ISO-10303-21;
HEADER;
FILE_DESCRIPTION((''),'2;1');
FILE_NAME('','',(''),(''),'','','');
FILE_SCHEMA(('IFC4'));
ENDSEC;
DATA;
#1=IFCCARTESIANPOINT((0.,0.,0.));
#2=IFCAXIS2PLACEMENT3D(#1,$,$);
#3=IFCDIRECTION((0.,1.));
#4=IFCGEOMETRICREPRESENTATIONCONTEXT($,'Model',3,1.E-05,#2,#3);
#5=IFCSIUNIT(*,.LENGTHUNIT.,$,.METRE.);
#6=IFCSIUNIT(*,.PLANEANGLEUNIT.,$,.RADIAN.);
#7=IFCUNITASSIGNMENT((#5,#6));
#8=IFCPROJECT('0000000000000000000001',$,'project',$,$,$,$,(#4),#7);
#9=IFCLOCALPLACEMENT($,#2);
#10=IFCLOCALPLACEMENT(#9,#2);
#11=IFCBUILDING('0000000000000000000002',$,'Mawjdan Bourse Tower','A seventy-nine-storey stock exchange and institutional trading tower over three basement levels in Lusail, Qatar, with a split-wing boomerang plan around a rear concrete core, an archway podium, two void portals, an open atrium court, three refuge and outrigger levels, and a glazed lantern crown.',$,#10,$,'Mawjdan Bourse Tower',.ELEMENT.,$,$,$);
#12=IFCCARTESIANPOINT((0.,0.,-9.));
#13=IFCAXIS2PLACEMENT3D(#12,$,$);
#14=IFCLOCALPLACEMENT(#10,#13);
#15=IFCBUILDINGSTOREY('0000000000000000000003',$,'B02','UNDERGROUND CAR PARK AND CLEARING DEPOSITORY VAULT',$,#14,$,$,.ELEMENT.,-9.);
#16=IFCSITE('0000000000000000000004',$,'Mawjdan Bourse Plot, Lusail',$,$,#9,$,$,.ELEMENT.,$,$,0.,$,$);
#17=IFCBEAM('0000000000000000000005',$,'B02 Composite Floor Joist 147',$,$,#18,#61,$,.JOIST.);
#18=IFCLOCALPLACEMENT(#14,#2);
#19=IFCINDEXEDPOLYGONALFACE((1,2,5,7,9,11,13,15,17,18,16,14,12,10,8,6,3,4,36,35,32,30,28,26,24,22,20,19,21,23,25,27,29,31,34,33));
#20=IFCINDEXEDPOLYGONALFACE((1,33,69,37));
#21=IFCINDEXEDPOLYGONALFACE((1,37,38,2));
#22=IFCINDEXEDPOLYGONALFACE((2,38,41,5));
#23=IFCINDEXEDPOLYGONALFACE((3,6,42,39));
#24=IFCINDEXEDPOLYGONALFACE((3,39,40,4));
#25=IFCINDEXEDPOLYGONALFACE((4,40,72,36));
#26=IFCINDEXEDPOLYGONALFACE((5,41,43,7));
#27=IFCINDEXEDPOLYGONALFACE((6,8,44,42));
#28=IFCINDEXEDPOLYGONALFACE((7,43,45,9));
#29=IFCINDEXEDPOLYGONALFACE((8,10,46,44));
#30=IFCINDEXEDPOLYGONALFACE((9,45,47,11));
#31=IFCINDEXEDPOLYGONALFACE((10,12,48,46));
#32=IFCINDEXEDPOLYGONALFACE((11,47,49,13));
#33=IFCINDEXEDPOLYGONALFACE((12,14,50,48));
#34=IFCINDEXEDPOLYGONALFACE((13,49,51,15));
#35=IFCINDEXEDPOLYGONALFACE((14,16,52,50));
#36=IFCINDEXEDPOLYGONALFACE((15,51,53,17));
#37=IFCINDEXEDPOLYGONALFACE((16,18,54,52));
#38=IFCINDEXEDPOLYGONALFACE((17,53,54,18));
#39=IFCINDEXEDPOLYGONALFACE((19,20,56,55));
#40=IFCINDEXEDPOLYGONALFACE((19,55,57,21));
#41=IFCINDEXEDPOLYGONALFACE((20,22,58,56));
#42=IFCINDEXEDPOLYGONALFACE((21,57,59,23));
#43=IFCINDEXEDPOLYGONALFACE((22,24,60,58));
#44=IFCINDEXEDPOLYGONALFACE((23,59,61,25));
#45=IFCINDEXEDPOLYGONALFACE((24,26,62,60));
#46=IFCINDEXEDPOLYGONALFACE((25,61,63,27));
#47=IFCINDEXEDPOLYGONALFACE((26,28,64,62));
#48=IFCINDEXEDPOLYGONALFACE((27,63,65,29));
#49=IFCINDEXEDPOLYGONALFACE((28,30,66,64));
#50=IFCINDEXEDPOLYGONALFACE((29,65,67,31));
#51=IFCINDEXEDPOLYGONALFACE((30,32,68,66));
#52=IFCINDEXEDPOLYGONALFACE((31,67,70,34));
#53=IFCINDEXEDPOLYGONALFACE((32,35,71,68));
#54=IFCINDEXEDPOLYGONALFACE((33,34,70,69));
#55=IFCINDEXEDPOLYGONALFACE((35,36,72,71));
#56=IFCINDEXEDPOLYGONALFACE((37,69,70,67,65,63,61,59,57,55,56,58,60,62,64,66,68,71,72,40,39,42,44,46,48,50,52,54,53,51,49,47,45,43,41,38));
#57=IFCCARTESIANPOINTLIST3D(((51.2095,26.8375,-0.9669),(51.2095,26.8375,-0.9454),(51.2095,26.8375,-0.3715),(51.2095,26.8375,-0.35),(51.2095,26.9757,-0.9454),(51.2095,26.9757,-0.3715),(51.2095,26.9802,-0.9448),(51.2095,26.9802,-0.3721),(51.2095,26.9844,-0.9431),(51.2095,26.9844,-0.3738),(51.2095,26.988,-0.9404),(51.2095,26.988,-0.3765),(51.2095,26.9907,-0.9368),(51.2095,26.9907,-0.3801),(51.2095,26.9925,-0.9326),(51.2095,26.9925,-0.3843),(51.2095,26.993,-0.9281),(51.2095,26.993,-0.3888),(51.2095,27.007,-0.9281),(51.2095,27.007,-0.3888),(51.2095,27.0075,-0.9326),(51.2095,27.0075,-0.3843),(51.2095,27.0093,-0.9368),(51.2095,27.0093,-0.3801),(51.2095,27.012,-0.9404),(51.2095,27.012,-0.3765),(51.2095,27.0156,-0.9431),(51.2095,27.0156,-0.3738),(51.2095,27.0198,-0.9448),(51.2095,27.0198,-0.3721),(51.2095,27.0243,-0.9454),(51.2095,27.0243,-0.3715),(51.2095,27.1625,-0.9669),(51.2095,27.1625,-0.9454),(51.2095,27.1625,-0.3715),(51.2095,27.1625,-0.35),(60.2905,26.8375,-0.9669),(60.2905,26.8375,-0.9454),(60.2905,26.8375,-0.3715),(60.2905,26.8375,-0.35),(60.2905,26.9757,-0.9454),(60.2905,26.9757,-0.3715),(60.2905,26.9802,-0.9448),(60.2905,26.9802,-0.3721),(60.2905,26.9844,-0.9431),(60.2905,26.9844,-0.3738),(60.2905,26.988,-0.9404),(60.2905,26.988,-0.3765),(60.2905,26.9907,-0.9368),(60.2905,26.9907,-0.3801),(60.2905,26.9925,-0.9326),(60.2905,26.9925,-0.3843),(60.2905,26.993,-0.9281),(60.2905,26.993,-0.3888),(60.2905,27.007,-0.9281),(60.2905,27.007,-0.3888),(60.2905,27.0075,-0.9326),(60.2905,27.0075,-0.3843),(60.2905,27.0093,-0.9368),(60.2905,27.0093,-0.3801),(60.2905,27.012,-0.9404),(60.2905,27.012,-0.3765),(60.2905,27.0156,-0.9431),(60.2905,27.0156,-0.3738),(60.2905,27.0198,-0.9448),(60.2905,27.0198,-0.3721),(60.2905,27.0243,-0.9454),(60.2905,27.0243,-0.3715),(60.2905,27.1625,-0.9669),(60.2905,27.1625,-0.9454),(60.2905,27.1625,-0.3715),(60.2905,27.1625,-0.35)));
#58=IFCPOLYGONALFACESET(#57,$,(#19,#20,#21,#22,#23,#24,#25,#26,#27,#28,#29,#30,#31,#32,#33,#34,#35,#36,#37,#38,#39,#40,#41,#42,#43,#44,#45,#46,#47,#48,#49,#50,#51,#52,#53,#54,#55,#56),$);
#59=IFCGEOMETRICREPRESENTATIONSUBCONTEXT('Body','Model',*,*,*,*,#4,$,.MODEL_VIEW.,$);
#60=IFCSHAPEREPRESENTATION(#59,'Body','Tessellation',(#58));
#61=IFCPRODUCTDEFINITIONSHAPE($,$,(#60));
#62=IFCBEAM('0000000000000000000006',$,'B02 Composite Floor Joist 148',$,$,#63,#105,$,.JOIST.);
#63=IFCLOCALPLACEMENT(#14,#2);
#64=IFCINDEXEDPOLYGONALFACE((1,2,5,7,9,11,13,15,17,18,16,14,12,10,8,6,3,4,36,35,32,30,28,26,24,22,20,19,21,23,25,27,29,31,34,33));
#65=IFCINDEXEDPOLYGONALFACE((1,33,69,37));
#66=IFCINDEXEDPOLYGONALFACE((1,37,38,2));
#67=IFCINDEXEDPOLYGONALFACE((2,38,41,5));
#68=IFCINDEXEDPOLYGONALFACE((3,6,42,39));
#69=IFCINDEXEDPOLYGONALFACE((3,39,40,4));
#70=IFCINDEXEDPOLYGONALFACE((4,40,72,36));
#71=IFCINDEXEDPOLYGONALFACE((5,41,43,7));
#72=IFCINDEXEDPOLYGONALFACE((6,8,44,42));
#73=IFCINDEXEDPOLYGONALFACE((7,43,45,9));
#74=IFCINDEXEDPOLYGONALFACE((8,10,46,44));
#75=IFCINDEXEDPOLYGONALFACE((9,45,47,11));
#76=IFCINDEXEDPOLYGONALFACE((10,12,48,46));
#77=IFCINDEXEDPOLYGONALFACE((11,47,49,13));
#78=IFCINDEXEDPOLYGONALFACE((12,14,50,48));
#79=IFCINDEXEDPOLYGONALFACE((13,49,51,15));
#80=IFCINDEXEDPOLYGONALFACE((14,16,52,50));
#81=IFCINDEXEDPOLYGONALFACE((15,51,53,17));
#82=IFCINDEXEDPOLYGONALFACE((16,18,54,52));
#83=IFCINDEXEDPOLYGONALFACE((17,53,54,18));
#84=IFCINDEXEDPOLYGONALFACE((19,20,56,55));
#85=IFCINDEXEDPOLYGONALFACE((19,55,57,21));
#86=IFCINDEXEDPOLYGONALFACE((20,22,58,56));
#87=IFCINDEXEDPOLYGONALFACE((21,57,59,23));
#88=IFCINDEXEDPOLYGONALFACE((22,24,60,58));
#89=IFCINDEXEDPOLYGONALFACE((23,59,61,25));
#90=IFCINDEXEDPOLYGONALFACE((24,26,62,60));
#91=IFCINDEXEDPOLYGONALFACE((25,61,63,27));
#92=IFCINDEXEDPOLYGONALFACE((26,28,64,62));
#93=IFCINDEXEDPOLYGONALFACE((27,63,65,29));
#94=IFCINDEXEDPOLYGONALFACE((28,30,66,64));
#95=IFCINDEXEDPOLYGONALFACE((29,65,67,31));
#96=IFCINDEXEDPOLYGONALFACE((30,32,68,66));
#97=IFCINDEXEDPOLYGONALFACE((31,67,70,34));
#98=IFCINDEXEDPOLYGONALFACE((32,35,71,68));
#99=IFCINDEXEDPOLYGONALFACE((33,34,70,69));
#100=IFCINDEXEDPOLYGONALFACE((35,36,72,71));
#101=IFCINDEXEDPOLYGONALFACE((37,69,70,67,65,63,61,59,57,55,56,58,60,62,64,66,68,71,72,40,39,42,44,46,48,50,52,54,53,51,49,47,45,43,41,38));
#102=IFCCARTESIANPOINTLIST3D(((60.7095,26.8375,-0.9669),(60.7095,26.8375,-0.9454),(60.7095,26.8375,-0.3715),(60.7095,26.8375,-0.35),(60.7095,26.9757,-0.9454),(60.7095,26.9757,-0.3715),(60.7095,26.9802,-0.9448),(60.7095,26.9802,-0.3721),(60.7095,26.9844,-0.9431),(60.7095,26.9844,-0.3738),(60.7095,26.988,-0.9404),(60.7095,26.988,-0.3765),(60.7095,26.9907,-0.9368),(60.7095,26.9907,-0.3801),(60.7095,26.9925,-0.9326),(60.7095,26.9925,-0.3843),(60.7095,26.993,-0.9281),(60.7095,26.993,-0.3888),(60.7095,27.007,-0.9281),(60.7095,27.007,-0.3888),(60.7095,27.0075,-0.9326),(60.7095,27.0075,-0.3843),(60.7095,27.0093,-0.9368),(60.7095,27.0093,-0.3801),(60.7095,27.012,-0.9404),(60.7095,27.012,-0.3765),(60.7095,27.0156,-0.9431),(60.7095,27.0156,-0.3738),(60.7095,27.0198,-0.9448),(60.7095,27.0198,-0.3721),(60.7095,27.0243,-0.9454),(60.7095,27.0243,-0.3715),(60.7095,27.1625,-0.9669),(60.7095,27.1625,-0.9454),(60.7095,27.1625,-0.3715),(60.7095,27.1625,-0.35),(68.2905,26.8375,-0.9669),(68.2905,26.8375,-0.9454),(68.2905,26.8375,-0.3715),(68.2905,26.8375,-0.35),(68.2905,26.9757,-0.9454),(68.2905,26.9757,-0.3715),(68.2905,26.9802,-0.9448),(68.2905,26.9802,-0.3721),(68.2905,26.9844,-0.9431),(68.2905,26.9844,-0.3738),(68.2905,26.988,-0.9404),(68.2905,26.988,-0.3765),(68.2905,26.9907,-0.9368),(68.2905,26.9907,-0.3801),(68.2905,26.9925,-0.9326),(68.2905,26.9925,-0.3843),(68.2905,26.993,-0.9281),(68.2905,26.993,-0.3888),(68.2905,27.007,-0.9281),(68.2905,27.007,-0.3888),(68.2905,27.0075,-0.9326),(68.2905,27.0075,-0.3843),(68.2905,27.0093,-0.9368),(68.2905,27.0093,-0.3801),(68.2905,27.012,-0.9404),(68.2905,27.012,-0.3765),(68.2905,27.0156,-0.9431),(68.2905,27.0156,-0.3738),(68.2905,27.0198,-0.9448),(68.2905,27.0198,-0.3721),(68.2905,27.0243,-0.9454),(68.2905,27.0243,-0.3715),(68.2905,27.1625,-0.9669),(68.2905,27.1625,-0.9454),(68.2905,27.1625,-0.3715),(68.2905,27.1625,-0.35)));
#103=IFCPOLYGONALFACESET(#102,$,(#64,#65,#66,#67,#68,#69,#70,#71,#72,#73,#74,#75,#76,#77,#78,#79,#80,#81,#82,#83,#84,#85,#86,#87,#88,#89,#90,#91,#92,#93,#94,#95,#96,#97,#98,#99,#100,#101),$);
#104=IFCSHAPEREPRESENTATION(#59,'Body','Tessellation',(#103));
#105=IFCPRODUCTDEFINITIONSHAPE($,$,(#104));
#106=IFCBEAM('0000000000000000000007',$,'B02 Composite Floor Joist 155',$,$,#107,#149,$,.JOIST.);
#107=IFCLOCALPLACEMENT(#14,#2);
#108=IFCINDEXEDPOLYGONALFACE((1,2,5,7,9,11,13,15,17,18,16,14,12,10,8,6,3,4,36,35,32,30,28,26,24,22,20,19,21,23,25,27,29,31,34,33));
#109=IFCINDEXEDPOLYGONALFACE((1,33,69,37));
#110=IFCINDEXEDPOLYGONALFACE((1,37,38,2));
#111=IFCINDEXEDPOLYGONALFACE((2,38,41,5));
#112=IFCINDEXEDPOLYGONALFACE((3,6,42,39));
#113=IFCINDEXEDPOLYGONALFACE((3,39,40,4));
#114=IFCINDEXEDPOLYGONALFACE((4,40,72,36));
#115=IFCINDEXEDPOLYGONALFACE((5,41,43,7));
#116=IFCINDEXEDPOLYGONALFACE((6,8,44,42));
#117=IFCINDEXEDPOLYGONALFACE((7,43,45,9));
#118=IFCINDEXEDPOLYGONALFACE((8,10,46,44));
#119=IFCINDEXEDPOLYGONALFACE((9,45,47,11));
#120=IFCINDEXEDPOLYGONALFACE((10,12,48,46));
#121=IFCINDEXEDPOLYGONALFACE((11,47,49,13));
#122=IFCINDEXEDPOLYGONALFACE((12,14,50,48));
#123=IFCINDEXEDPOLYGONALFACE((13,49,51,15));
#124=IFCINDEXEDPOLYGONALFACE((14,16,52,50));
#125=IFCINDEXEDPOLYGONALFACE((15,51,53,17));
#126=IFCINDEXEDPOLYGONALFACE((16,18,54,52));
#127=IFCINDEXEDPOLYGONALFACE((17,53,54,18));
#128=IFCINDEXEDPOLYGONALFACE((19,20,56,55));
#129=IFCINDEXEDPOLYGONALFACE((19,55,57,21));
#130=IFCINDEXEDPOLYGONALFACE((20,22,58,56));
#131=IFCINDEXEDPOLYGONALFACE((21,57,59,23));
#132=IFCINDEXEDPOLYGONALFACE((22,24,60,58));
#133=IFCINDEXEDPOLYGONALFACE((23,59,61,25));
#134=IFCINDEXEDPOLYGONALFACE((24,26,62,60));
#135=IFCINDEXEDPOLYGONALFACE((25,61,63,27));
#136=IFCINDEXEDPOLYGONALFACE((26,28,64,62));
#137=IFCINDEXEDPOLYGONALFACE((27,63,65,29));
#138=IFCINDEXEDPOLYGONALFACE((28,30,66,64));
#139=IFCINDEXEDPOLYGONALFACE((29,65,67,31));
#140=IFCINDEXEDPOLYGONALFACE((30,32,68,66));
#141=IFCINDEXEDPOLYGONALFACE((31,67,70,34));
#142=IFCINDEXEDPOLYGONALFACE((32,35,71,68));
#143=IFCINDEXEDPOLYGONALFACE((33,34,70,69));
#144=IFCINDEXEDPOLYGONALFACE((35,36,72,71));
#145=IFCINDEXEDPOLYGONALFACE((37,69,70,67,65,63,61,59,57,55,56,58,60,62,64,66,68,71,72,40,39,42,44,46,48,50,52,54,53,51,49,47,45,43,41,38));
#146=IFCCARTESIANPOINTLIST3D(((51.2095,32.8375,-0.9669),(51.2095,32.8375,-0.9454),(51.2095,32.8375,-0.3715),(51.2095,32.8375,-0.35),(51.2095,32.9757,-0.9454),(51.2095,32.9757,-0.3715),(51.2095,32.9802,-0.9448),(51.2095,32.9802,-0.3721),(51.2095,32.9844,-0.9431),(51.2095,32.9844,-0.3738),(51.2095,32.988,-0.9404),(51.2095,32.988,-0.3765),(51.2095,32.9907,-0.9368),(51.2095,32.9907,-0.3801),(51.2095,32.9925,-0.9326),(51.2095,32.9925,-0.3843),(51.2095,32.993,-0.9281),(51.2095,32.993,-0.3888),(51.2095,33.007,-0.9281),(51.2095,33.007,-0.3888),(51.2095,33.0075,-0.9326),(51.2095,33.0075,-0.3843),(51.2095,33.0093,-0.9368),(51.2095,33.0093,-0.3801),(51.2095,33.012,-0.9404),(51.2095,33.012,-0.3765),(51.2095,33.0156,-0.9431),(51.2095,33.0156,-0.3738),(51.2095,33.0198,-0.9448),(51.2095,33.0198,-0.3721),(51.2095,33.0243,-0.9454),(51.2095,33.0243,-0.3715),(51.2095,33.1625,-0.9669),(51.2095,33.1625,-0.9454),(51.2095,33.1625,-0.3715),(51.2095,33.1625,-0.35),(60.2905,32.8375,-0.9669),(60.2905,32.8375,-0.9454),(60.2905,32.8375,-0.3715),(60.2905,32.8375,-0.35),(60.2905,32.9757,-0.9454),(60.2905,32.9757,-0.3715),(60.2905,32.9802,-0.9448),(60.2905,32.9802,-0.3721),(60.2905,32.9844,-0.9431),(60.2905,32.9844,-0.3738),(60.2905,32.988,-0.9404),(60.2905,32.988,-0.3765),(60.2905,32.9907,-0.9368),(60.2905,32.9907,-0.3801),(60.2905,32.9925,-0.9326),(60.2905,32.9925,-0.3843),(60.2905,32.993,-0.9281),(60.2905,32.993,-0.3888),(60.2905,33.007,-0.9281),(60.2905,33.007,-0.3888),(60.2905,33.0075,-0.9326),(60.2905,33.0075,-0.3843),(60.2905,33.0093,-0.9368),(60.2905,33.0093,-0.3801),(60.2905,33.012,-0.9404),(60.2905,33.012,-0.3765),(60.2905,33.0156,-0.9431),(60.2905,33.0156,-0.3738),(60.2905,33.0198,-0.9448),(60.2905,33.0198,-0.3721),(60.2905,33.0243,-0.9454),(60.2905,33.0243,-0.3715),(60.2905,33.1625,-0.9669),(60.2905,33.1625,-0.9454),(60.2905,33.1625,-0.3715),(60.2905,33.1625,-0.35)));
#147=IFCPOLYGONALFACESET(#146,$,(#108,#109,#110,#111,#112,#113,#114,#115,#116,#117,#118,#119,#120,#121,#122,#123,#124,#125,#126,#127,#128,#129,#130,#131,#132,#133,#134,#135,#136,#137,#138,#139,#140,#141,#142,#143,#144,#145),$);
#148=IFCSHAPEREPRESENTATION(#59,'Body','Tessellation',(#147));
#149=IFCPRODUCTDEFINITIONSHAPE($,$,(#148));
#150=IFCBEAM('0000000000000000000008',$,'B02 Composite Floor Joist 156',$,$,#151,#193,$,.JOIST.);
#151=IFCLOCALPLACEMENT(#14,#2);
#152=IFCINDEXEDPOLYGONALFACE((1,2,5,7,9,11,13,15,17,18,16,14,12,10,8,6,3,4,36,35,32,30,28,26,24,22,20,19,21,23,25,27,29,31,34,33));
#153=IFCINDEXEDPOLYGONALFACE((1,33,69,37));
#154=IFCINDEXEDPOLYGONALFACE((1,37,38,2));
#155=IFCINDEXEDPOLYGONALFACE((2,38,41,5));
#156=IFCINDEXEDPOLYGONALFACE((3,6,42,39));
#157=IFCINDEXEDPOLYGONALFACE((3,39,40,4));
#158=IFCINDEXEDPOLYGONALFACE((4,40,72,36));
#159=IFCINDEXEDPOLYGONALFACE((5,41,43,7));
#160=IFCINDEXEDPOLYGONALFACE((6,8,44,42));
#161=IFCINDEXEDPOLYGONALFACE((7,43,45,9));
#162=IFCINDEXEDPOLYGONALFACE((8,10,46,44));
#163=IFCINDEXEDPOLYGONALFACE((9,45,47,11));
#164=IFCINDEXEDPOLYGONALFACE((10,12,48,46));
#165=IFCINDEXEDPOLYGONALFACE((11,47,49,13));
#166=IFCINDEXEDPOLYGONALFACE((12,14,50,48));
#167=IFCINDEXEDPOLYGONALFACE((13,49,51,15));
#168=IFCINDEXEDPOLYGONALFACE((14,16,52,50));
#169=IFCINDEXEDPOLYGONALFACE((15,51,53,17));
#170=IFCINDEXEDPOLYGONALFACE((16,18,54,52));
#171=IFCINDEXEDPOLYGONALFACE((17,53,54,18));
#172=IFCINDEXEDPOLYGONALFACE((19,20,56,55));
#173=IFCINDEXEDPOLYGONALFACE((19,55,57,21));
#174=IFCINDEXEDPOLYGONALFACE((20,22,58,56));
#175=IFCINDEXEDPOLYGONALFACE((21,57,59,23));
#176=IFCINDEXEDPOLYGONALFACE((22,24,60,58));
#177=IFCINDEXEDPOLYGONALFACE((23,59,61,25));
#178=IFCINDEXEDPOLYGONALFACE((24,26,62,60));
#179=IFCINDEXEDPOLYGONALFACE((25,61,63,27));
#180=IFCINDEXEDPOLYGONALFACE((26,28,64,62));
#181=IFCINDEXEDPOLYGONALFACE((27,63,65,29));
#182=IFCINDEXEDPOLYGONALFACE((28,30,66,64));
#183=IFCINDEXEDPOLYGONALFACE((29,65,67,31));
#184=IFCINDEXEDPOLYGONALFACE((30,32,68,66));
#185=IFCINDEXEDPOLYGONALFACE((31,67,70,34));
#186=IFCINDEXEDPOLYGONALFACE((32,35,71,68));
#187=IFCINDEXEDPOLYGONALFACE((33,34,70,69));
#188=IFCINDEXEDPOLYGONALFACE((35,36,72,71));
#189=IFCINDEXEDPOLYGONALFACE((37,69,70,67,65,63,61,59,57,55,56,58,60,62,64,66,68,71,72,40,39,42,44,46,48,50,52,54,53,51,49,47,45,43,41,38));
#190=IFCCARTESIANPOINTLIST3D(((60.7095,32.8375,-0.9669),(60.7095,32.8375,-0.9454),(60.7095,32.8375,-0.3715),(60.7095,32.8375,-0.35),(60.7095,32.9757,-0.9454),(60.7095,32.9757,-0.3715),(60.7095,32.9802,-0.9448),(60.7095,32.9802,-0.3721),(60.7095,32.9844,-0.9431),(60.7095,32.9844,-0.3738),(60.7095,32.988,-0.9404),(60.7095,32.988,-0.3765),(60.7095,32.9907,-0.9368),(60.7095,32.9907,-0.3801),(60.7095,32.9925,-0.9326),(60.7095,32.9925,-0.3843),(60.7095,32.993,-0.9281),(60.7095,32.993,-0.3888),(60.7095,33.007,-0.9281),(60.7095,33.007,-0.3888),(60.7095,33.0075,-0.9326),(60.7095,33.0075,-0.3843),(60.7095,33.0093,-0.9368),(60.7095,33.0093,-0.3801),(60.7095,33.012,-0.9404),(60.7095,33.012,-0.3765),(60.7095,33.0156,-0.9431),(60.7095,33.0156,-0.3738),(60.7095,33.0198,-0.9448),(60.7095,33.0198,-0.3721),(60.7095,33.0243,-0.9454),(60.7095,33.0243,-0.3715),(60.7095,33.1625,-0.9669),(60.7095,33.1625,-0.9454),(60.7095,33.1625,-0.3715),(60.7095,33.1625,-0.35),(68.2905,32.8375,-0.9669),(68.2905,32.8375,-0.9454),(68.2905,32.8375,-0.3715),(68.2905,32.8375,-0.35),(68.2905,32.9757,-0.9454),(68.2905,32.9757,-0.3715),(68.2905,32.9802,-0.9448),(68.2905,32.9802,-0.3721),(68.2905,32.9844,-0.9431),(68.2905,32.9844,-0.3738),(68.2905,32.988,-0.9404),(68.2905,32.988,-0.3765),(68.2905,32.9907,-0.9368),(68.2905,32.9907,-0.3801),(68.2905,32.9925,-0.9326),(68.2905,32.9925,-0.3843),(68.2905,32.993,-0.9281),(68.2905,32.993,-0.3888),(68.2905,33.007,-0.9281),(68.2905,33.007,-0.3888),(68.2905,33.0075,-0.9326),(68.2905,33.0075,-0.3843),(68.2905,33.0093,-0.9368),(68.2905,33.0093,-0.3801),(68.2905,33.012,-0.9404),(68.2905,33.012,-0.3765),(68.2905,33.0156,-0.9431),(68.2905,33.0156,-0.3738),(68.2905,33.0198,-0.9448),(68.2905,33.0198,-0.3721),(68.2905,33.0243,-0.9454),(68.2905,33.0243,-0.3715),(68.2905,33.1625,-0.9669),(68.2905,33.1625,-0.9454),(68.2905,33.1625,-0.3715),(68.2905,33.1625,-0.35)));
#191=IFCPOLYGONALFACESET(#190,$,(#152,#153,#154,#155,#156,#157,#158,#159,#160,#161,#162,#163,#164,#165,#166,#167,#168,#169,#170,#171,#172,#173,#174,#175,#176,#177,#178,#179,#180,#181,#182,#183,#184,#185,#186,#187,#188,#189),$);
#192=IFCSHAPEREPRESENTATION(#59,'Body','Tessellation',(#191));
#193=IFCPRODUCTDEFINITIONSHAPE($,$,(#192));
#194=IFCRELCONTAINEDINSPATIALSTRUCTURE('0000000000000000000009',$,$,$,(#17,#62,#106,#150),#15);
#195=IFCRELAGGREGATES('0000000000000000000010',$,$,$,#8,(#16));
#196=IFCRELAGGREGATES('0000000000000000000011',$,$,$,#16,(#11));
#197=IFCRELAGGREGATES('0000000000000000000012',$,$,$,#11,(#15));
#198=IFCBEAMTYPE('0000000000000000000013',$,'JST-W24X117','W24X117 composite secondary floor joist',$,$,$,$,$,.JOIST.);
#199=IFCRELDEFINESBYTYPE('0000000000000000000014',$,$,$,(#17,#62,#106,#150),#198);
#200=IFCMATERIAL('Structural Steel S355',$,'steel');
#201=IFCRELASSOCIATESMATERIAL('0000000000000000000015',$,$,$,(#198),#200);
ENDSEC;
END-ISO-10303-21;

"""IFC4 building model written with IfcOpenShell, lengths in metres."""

from ifc_helpers import new_model, si_unit, direction, frame, origin, origin_2d, place, context, subcontext, project, spatial, i_section, extrude, material, material_profile, profile_set, type_object, element, save


model = new_model("IFC4")

# Units and contexts
model_context = context("Model", 3, precision=1e-05, world=origin(), true_north=direction((0.0, 1.0)))
body_context = subcontext(model_context, "Body", "Model", "MODEL_VIEW")
ifc_project = project(units=[si_unit("LENGTHUNIT", "METRE"), si_unit("PLANEANGLEUNIT", "RADIAN")], contexts=[model_context])

# Site, building, storey
site_placement = place(None, origin())
site = spatial("IfcSite", under=ifc_project, at=site_placement, Name="Mawjdan Bourse Plot, Lusail", CompositionType="ELEMENT", RefElevation=0.0)
building_placement = place(site_placement, origin())
building = spatial("IfcBuilding", under=site, at=building_placement, Name="Mawjdan Bourse Tower", Description="A seventy-nine-storey stock exchange and institutional trading tower over three basement levels in Lusail, Qatar, with a split-wing boomerang plan around a rear concrete core, an archway podium, two void portals, an open atrium court, three refuge and outrigger levels, and a glazed lantern crown.", LongName="Mawjdan Bourse Tower", CompositionType="ELEMENT")
storey_placement = place(building_placement, frame((0.0, 0.0, -9.0)))
storey = spatial("IfcBuildingStorey", under=building, at=storey_placement, Name="B02", Description="UNDERGROUND CAR PARK AND CLEARING DEPOSITORY VAULT", CompositionType="ELEMENT", Elevation=-9.0)

# Beams
ifc_material_1 = material(Name="Structural Steel S355", Category="steel")
ifc_material_profile_1 = material_profile(ifc_material_1, i_section(OverallWidth=0.325, OverallDepth=0.6169, WebThickness=0.0139, FlangeThickness=0.0215, FilletRadius=0.0173, at=origin_2d()), Name="W24X117")
ifc_profile_set_1 = profile_set([ifc_material_profile_1], Name="Structural Steel S355")
beam_type_1 = type_object("IfcBeamType", Name="JST-W24X117", Description="W24X117 composite secondary floor joist", PredefinedType="JOIST", material=ifc_profile_set_1)
beam_1_placement = place(storey_placement, frame((51.2095, 27.0, -0.6584), z_axis=(1.0, 0.0, 0.0), x_axis=(0.0, 1.0, 0.0)))
element("IfcBeam", 1, at=beam_1_placement, inside=storey, type_object=beam_type_1, Name="B02 Composite Floor Joist 147", PredefinedType="JOIST", context=body_context, shape_type="SweptSolid", body=[
    extrude(i_section(OverallWidth=0.325, OverallDepth=0.6169, WebThickness=0.0139, FlangeThickness=0.0215, FilletRadius=0.0173, at=origin_2d()), origin(), (0.0, 0.0, 1.0), 9.0811),
])
beam_2_placement = place(storey_placement, frame((60.7095, 27.0, -0.6584), z_axis=(1.0, 0.0, 0.0), x_axis=(0.0, 1.0, 0.0)))
element("IfcBeam", 2, at=beam_2_placement, inside=storey, type_object=beam_type_1, Name="B02 Composite Floor Joist 148", PredefinedType="JOIST", context=body_context, shape_type="SweptSolid", body=[
    extrude(i_section(OverallWidth=0.325, OverallDepth=0.6169, WebThickness=0.0139, FlangeThickness=0.0215, FilletRadius=0.0173, at=origin_2d()), origin(), (0.0, 0.0, 1.0), 7.5811),
])
beam_3_placement = place(storey_placement, frame((51.2095, 33.0, -0.6584), z_axis=(1.0, 0.0, 0.0), x_axis=(0.0, 1.0, 0.0)))
element("IfcBeam", 3, at=beam_3_placement, inside=storey, type_object=beam_type_1, Name="B02 Composite Floor Joist 155", PredefinedType="JOIST", context=body_context, shape_type="SweptSolid", body=[
    extrude(i_section(OverallWidth=0.325, OverallDepth=0.6169, WebThickness=0.0139, FlangeThickness=0.0215, FilletRadius=0.0173, at=origin_2d()), origin(), (0.0, 0.0, 1.0), 9.0811),
])
beam_4_placement = place(storey_placement, frame((60.7095, 33.0, -0.6584), z_axis=(1.0, 0.0, 0.0), x_axis=(0.0, 1.0, 0.0)))
element("IfcBeam", 4, at=beam_4_placement, inside=storey, type_object=beam_type_1, Name="B02 Composite Floor Joist 156", PredefinedType="JOIST", context=body_context, shape_type="SweptSolid", body=[
    extrude(i_section(OverallWidth=0.325, OverallDepth=0.6169, WebThickness=0.0139, FlangeThickness=0.0215, FilletRadius=0.0173, at=origin_2d()), origin(), (0.0, 0.0, 1.0), 7.5811),
])

save(model, "model.ifc")
